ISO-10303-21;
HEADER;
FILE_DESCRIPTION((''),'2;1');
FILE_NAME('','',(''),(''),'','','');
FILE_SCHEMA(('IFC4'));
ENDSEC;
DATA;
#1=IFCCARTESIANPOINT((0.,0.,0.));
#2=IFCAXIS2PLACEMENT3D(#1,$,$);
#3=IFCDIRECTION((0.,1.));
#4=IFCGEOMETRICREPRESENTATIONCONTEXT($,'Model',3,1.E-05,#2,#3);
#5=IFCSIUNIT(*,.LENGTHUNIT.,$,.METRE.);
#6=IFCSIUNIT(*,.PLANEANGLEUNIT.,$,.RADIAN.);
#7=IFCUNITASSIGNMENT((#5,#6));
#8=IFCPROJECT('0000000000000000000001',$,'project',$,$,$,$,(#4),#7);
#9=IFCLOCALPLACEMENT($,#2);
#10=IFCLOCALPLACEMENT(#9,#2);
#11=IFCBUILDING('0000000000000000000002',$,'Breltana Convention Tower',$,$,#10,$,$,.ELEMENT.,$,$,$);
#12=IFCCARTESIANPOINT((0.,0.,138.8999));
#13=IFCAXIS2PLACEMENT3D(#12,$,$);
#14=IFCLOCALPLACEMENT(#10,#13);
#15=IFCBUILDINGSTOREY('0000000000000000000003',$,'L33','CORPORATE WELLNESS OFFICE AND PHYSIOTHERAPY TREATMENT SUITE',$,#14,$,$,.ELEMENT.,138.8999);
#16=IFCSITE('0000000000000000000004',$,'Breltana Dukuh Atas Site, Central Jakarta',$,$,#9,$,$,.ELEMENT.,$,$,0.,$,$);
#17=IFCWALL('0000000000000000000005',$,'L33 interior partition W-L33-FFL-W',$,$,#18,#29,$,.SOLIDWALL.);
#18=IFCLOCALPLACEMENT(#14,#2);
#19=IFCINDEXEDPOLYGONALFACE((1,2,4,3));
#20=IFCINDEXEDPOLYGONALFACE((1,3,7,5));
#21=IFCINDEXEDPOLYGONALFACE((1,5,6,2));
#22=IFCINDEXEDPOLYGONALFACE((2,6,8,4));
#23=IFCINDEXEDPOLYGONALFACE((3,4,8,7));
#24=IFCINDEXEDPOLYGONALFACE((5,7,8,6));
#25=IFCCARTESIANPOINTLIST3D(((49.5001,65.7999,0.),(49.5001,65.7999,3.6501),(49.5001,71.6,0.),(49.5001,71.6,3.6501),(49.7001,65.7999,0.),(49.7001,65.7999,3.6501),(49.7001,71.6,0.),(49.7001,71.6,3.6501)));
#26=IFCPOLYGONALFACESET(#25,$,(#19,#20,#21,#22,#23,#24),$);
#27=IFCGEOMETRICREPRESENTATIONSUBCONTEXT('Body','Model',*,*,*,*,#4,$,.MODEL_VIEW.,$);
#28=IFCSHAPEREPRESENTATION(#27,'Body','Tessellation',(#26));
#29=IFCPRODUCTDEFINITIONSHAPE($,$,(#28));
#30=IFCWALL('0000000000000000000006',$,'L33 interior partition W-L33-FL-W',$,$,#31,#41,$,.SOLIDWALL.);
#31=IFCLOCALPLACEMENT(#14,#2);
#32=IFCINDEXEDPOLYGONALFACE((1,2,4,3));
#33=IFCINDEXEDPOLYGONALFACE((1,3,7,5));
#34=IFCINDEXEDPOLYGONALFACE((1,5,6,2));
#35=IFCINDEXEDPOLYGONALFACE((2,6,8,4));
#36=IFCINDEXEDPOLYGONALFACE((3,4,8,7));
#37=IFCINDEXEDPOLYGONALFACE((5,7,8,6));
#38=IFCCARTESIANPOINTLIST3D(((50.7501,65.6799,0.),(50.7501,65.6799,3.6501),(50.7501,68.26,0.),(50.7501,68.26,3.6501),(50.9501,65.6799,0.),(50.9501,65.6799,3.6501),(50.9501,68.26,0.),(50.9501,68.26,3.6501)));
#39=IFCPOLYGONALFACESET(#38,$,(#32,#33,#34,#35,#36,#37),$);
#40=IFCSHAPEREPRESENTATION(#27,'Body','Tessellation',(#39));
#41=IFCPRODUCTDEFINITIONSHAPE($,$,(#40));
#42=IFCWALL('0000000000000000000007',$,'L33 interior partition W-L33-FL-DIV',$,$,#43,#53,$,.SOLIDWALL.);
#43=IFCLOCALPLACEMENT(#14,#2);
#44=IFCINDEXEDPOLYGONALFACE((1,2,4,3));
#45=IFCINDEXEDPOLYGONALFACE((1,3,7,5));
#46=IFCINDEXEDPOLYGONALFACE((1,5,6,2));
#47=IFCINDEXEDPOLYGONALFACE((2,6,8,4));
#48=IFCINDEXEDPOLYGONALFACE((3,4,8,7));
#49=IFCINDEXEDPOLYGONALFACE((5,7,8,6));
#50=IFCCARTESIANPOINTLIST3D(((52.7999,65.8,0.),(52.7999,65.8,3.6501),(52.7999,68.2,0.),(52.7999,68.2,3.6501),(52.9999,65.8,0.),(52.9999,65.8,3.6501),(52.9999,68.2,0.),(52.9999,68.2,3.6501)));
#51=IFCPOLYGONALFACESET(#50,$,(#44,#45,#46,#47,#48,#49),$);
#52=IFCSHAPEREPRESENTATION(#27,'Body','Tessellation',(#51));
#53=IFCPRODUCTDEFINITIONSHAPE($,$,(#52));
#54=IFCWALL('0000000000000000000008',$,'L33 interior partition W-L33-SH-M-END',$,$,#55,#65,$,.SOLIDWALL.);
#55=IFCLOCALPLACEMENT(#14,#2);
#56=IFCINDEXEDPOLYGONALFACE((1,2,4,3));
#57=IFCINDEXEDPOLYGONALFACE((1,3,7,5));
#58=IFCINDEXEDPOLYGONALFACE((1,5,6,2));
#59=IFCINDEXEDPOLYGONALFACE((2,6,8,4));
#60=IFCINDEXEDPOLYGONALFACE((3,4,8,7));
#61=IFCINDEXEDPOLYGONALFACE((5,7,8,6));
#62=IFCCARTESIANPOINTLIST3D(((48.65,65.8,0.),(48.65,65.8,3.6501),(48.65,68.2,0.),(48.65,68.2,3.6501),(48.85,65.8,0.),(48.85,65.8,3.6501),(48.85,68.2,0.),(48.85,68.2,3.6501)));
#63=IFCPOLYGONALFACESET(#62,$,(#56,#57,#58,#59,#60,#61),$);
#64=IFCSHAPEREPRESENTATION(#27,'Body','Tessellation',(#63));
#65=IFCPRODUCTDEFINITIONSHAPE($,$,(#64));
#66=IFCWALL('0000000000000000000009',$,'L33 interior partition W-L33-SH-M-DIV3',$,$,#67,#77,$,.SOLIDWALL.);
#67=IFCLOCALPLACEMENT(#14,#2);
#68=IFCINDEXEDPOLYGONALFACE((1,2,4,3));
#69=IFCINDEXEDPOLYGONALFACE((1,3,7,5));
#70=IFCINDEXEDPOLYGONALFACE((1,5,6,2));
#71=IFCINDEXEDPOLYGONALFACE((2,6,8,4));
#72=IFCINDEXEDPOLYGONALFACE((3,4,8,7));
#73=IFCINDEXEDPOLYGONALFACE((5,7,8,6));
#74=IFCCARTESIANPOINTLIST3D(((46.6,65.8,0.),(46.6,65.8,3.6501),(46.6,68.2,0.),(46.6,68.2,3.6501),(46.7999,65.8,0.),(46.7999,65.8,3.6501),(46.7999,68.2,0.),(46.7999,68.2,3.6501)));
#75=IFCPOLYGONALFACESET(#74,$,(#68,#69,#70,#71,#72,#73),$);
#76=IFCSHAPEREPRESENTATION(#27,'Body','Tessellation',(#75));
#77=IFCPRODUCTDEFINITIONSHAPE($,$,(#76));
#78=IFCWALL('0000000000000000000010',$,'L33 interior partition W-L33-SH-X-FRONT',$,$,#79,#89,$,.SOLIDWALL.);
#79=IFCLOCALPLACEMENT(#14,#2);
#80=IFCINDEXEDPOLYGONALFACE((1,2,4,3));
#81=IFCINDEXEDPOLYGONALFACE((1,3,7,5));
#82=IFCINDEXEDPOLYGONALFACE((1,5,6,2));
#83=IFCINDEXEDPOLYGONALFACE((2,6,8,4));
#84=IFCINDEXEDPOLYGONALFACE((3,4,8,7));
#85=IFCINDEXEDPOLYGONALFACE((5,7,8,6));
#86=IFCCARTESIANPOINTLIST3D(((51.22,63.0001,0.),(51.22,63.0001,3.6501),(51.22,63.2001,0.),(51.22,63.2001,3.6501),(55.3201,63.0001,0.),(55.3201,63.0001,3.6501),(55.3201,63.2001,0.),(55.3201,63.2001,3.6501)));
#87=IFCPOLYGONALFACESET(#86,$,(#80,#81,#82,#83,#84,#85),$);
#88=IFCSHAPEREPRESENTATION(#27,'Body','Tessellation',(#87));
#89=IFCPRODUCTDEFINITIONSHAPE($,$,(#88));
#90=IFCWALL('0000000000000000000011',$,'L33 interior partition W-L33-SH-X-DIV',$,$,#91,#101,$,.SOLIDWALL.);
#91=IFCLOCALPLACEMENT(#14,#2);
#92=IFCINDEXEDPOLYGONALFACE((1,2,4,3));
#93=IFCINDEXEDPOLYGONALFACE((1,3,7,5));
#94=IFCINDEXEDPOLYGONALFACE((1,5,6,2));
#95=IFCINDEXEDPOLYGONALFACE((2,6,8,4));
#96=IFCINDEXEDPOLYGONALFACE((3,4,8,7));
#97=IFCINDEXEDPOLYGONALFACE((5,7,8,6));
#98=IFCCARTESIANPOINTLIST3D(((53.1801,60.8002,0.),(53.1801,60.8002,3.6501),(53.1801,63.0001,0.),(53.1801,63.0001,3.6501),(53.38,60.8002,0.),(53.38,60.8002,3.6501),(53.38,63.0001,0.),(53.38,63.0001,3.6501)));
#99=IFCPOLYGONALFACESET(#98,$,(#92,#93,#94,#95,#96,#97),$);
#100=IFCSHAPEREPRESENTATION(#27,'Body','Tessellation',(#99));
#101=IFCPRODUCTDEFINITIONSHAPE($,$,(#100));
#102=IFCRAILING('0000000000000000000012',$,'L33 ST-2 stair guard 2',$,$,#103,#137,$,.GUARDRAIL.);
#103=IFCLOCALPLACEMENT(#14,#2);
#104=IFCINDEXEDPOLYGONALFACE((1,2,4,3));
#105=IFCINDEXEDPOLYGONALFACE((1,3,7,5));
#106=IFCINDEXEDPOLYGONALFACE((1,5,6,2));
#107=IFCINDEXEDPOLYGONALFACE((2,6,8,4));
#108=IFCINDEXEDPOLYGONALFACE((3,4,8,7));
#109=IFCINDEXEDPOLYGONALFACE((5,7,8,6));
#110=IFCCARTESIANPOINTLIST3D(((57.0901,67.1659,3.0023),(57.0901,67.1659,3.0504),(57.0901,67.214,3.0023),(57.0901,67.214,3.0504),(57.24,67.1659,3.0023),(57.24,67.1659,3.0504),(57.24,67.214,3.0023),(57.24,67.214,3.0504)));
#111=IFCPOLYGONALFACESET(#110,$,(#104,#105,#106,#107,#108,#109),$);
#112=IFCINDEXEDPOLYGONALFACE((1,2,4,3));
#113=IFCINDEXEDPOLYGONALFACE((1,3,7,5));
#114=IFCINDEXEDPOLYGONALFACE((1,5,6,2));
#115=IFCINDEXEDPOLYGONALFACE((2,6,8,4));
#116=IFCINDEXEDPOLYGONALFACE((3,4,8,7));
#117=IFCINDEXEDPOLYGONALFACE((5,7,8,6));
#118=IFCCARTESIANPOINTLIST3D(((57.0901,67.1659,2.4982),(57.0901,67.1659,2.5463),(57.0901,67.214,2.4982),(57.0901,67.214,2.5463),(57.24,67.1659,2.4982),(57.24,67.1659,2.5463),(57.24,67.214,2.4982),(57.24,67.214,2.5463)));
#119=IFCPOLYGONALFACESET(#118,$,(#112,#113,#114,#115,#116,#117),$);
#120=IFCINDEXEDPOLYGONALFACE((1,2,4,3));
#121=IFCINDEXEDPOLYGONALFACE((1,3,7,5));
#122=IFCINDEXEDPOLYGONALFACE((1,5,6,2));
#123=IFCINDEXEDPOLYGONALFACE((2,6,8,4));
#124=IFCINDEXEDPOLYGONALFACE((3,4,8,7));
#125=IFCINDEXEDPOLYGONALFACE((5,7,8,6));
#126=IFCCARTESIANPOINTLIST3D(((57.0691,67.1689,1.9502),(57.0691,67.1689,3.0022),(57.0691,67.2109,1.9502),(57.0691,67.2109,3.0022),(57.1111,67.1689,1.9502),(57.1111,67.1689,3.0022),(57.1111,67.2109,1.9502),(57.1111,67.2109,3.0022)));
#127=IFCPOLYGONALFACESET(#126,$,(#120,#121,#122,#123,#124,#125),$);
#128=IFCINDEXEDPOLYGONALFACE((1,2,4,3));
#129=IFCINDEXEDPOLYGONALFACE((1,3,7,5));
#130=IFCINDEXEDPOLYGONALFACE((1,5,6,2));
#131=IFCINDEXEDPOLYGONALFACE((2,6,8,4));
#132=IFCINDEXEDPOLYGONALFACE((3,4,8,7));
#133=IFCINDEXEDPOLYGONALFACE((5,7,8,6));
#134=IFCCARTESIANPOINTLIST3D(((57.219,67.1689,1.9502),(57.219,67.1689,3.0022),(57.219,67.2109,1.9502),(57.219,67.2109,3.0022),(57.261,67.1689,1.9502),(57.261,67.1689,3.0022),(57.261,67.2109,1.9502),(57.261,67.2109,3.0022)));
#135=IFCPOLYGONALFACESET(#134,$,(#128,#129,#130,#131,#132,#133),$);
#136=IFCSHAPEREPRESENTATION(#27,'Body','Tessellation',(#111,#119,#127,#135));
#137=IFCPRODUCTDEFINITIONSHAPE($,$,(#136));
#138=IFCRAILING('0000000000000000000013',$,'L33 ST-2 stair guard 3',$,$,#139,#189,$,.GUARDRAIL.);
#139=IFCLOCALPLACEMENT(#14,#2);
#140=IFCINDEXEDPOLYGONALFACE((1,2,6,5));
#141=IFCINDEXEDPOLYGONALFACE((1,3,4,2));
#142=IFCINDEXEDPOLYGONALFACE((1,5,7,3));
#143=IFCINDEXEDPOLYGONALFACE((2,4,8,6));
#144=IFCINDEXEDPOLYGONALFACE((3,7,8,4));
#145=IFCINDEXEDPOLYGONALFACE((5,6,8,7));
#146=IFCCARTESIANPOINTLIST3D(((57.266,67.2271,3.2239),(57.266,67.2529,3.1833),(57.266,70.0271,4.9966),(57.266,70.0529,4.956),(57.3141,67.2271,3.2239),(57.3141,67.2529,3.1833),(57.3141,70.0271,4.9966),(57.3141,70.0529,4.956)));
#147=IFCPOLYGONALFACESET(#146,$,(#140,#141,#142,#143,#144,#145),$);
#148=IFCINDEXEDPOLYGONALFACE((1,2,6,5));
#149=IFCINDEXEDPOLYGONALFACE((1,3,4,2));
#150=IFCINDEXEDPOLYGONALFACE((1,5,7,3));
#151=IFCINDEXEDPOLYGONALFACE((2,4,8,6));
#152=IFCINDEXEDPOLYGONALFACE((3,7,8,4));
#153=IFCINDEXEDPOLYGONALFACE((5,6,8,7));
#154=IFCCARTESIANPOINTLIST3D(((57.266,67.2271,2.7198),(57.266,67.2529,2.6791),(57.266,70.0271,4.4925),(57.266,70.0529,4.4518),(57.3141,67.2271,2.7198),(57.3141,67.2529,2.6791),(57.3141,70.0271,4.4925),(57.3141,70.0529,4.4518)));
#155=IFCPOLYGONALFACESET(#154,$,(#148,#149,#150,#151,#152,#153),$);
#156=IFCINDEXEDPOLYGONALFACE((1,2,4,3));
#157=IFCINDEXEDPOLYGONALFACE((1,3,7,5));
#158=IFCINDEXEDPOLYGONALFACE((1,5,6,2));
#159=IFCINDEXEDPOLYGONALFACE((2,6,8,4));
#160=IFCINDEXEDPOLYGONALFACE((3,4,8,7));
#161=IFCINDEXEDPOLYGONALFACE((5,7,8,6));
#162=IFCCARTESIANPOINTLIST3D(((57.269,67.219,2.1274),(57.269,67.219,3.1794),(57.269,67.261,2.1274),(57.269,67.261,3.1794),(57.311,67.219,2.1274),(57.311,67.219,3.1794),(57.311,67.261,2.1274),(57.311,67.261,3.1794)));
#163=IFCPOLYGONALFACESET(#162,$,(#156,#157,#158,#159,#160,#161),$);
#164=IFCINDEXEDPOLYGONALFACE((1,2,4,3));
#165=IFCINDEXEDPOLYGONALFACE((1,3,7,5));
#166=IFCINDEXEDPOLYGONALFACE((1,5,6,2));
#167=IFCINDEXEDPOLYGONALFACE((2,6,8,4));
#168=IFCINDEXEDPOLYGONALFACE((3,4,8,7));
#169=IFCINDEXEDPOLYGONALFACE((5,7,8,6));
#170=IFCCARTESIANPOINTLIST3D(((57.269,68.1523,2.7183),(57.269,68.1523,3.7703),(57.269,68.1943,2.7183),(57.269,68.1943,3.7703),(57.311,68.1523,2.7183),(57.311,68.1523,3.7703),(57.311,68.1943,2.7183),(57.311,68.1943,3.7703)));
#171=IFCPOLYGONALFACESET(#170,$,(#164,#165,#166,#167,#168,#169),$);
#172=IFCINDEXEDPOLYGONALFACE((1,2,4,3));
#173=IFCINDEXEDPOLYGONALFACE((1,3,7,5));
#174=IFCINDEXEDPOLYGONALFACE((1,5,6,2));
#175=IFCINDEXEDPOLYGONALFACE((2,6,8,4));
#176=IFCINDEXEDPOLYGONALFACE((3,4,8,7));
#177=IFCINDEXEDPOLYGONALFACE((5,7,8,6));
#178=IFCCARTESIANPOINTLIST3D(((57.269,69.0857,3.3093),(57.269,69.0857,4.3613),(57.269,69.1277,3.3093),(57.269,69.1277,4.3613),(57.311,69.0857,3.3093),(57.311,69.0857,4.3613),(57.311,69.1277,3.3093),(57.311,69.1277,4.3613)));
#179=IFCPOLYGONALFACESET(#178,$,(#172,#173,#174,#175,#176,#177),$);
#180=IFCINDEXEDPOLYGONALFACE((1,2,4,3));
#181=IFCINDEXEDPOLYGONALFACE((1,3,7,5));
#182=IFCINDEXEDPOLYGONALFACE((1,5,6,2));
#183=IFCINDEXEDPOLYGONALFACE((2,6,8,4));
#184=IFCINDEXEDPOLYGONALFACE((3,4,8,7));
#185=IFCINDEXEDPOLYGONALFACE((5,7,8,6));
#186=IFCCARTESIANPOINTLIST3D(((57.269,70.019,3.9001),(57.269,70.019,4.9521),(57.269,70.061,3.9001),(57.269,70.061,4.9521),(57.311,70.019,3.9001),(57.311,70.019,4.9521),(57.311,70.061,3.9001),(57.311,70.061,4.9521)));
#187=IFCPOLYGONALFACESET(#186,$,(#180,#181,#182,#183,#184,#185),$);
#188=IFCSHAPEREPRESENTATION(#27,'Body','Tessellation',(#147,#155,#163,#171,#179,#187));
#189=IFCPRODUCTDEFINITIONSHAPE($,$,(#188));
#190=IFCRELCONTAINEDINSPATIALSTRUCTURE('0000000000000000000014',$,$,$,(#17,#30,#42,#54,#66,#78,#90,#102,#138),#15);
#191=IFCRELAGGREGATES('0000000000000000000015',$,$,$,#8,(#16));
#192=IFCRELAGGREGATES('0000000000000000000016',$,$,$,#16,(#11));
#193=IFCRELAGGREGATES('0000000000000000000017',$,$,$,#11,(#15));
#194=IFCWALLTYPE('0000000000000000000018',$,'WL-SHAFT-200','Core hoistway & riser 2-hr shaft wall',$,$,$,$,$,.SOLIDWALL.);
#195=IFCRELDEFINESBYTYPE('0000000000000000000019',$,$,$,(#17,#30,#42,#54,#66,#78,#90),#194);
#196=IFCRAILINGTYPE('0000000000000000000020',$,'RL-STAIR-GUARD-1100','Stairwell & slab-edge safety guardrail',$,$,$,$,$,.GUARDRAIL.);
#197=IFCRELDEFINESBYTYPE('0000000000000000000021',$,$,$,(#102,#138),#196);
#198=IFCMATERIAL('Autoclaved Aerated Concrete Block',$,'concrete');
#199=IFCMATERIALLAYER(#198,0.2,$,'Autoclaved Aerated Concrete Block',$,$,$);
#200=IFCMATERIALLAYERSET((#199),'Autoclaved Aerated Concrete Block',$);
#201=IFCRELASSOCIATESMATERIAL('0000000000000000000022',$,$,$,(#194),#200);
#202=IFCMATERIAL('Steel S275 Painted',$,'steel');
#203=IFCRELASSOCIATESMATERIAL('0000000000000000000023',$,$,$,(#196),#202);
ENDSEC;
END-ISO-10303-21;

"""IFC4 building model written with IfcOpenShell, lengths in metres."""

from ifc_helpers import new_model, si_unit, direction, frame, frame_2d, origin, origin_2d, place, context, subcontext, project, spatial, rectangle, extrude, source, transform, mapped, material, layer, layer_set, type_object, element, save


model = new_model("IFC4")

# Units and contexts
model_context = context("Model", 3, precision=1e-05, world=origin(), true_north=direction((0.0, 1.0)))
body_context = subcontext(model_context, "Body", "Model", "MODEL_VIEW")
ifc_project = project(units=[si_unit("LENGTHUNIT", "METRE"), si_unit("PLANEANGLEUNIT", "RADIAN")], contexts=[model_context])

# Site, building, storey
site_placement = place(None, origin())
site = spatial("IfcSite", under=ifc_project, at=site_placement, Name="Breltana Dukuh Atas Site, Central Jakarta", CompositionType="ELEMENT", RefElevation=0.0)
building_placement = place(site_placement, origin())
building = spatial("IfcBuilding", under=site, at=building_placement, Name="Breltana Convention Tower", CompositionType="ELEMENT")
storey_placement = place(building_placement, frame((0.0, 0.0, 138.8999)))
storey = spatial("IfcBuildingStorey", under=building, at=storey_placement, Name="L33", Description="CORPORATE WELLNESS OFFICE AND PHYSIOTHERAPY TREATMENT SUITE", CompositionType="ELEMENT", Elevation=138.8999)

# Walls
ifc_material_1 = material(Name="Autoclaved Aerated Concrete Block", Category="concrete")
ifc_layer_1 = layer(ifc_material_1, 0.2, Name="Autoclaved Aerated Concrete Block")
ifc_layer_set_1 = layer_set([ifc_layer_1], Name="Autoclaved Aerated Concrete Block")
wall_type_1 = type_object("IfcWallType", Name="WL-SHAFT-200", Description="Core hoistway & riser 2-hr shaft wall", PredefinedType="SOLIDWALL", material=ifc_layer_set_1)
shared_shape_1 = source(origin(), body_context, "Body", "SweptSolid", [
    extrude(rectangle(XDim=5.8, YDim=0.2, at=frame_2d((2.8999, 0.0))), origin(), (0.0, 0.0, 1.0), 3.6501),
])
wall_1_placement = place(storey_placement, frame((49.6001, 65.8, 0.0), z_axis=(0.0, 0.0, 1.0), x_axis=(0.0, 1.0, 0.0)))
element("IfcWall", 1, at=wall_1_placement, inside=storey, type_object=wall_type_1, Name="L33 interior partition W-L33-FFL-W", PredefinedType="SOLIDWALL", context=body_context, shape_type="MappedRepresentation", body=[
    mapped(shared_shape_1, transform((0.0, 0.0, 0.0), scale=1.0)),
])
shared_shape_2 = source(origin(), body_context, "Body", "SweptSolid", [
    extrude(rectangle(XDim=2.5801, YDim=0.2, at=frame_2d((1.29, 0.0))), origin(), (0.0, 0.0, 1.0), 3.6501),
])
wall_2_placement = place(storey_placement, frame((50.8501, 65.6799, 0.0), z_axis=(0.0, 0.0, 1.0), x_axis=(0.0, 1.0, 0.0)))
element("IfcWall", 2, at=wall_2_placement, inside=storey, type_object=wall_type_1, Name="L33 interior partition W-L33-FL-W", PredefinedType="SOLIDWALL", context=body_context, shape_type="MappedRepresentation", body=[
    mapped(shared_shape_2, transform((0.0, 0.0, 0.0), scale=1.0)),
])
shared_shape_3 = source(origin(), body_context, "Body", "SweptSolid", [
    extrude(rectangle(XDim=2.3999, YDim=0.2, at=frame_2d((1.2, 0.0))), origin(), (0.0, 0.0, 1.0), 3.6501),
])
for number, where, z_axis, x_axis, name in (
    (3, (52.8999, 65.8, 0.0), (0.0, 0.0, 1.0), (0.0, 1.0, 0.0), "L33 interior partition W-L33-FL-DIV"),
    (4, (48.75, 65.8, 0.0), (0.0, 0.0, 1.0), (0.0, 1.0, 0.0), "L33 interior partition W-L33-SH-M-END"),
    (5, (46.7, 65.8, 0.0), (0.0, 0.0, 1.0), (0.0, 1.0, 0.0), "L33 interior partition W-L33-SH-M-DIV3"),
):
    element("IfcWall", number, at=place(storey_placement, frame(where, z_axis=z_axis, x_axis=x_axis)), inside=storey, type_object=wall_type_1, Name=name, PredefinedType="SOLIDWALL", context=body_context, shape_type="MappedRepresentation", body=[
        mapped(shared_shape_3, transform((0.0, 0.0, 0.0), scale=1.0)),
    ])
shared_shape_4 = source(origin(), body_context, "Body", "SweptSolid", [
    extrude(rectangle(XDim=4.1001, YDim=0.2, at=frame_2d((2.05, 0.0))), origin(), (0.0, 0.0, 1.0), 3.6501),
])
wall_3_placement = place(storey_placement, frame((51.22, 63.1001, 0.0), z_axis=(0.0, 0.0, 1.0), x_axis=(1.0, 0.0, 0.0)))
element("IfcWall", 6, at=wall_3_placement, inside=storey, type_object=wall_type_1, Name="L33 interior partition W-L33-SH-X-FRONT", PredefinedType="SOLIDWALL", context=body_context, shape_type="MappedRepresentation", body=[
    mapped(shared_shape_4, transform((0.0, 0.0, 0.0), scale=1.0)),
])
shared_shape_5 = source(origin(), body_context, "Body", "SweptSolid", [
    extrude(rectangle(XDim=2.2, YDim=0.2, at=frame_2d((1.1001, 0.0))), origin(), (0.0, 0.0, 1.0), 3.6501),
])
wall_4_placement = place(storey_placement, frame((53.28, 60.8, 0.0), z_axis=(0.0, 0.0, 1.0), x_axis=(0.0, 1.0, 0.0)))
element("IfcWall", 7, at=wall_4_placement, inside=storey, type_object=wall_type_1, Name="L33 interior partition W-L33-SH-X-DIV", PredefinedType="SOLIDWALL", context=body_context, shape_type="MappedRepresentation", body=[
    mapped(shared_shape_5, transform((0.0, 0.0, 0.0), scale=1.0)),
])

# Railings
ifc_material_2 = material(Name="Steel S275 Painted", Category="steel")
railing_type = type_object("IfcRailingType", Name="RL-STAIR-GUARD-1100", Description="Stairwell & slab-edge safety guardrail", PredefinedType="GUARDRAIL", material=ifc_material_2)
railing_1_placement = place(storey_placement, frame((57.0901, 67.1899, 1.9502)))
element("IfcRailing", 8, at=railing_1_placement, inside=storey, type_object=railing_type, Name="L33 ST-2 stair guard 2", PredefinedType="GUARDRAIL", context=body_context, shape_type="SweptSolid", body=[
    extrude(rectangle(XDim=0.0481, YDim=0.0481, at=origin_2d()), frame((0.0, 0.0, 1.0762), z_axis=(1.0, 0.0, 0.0), x_axis=(0.0, 1.0, 0.0)), (0.0, 0.0, 1.0), 0.1499),
    extrude(rectangle(XDim=0.0481, YDim=0.0481, at=origin_2d()), frame((0.0, 0.0, 0.572), z_axis=(1.0, 0.0, 0.0), x_axis=(0.0, 1.0, 0.0)), (0.0, 0.0, 1.0), 0.1499),
    extrude(rectangle(XDim=0.042, YDim=0.042, at=origin_2d()), origin(), (0.0, 0.0, 1.0), 1.052),
    extrude(rectangle(XDim=0.042, YDim=0.042, at=origin_2d()), frame((0.1499, 0.0, 0.0)), (0.0, 0.0, 1.0), 1.052),
])
railing_2_placement = place(storey_placement, frame((57.29, 67.24, 2.1274)))
element("IfcRailing", 9, at=railing_2_placement, inside=storey, type_object=railing_type, Name="L33 ST-2 stair guard 3", PredefinedType="GUARDRAIL", context=body_context, shape_type="SweptSolid", body=[
    extrude(rectangle(XDim=0.0481, YDim=0.0481, at=origin_2d()), frame((0.0, 0.0, 1.0762), z_axis=(0.0, 0.844909, 0.53491), x_axis=(-1.0, 0.0, 0.0)), (0.0, 0.0, 1.0), 3.314),
    extrude(rectangle(XDim=0.0481, YDim=0.0481, at=origin_2d()), frame((0.0, 0.0, 0.572), z_axis=(0.0, 0.844909, 0.53491), x_axis=(-1.0, 0.0, 0.0)), (0.0, 0.0, 1.0), 3.314),
    extrude(rectangle(XDim=0.042, YDim=0.042, at=origin_2d()), origin(), (0.0, 0.0, 1.0), 1.052),
    extrude(rectangle(XDim=0.042, YDim=0.042, at=origin_2d()), frame((0.0, 0.9333, 0.5908)), (0.0, 0.0, 1.0), 1.052),
    extrude(rectangle(XDim=0.042, YDim=0.042, at=origin_2d()), frame((0.0, 1.8667, 1.1819)), (0.0, 0.0, 1.0), 1.052),
    extrude(rectangle(XDim=0.042, YDim=0.042, at=origin_2d()), frame((0.0, 2.8, 1.7727)), (0.0, 0.0, 1.0), 1.052),
])

save(model, "model.ifc")
